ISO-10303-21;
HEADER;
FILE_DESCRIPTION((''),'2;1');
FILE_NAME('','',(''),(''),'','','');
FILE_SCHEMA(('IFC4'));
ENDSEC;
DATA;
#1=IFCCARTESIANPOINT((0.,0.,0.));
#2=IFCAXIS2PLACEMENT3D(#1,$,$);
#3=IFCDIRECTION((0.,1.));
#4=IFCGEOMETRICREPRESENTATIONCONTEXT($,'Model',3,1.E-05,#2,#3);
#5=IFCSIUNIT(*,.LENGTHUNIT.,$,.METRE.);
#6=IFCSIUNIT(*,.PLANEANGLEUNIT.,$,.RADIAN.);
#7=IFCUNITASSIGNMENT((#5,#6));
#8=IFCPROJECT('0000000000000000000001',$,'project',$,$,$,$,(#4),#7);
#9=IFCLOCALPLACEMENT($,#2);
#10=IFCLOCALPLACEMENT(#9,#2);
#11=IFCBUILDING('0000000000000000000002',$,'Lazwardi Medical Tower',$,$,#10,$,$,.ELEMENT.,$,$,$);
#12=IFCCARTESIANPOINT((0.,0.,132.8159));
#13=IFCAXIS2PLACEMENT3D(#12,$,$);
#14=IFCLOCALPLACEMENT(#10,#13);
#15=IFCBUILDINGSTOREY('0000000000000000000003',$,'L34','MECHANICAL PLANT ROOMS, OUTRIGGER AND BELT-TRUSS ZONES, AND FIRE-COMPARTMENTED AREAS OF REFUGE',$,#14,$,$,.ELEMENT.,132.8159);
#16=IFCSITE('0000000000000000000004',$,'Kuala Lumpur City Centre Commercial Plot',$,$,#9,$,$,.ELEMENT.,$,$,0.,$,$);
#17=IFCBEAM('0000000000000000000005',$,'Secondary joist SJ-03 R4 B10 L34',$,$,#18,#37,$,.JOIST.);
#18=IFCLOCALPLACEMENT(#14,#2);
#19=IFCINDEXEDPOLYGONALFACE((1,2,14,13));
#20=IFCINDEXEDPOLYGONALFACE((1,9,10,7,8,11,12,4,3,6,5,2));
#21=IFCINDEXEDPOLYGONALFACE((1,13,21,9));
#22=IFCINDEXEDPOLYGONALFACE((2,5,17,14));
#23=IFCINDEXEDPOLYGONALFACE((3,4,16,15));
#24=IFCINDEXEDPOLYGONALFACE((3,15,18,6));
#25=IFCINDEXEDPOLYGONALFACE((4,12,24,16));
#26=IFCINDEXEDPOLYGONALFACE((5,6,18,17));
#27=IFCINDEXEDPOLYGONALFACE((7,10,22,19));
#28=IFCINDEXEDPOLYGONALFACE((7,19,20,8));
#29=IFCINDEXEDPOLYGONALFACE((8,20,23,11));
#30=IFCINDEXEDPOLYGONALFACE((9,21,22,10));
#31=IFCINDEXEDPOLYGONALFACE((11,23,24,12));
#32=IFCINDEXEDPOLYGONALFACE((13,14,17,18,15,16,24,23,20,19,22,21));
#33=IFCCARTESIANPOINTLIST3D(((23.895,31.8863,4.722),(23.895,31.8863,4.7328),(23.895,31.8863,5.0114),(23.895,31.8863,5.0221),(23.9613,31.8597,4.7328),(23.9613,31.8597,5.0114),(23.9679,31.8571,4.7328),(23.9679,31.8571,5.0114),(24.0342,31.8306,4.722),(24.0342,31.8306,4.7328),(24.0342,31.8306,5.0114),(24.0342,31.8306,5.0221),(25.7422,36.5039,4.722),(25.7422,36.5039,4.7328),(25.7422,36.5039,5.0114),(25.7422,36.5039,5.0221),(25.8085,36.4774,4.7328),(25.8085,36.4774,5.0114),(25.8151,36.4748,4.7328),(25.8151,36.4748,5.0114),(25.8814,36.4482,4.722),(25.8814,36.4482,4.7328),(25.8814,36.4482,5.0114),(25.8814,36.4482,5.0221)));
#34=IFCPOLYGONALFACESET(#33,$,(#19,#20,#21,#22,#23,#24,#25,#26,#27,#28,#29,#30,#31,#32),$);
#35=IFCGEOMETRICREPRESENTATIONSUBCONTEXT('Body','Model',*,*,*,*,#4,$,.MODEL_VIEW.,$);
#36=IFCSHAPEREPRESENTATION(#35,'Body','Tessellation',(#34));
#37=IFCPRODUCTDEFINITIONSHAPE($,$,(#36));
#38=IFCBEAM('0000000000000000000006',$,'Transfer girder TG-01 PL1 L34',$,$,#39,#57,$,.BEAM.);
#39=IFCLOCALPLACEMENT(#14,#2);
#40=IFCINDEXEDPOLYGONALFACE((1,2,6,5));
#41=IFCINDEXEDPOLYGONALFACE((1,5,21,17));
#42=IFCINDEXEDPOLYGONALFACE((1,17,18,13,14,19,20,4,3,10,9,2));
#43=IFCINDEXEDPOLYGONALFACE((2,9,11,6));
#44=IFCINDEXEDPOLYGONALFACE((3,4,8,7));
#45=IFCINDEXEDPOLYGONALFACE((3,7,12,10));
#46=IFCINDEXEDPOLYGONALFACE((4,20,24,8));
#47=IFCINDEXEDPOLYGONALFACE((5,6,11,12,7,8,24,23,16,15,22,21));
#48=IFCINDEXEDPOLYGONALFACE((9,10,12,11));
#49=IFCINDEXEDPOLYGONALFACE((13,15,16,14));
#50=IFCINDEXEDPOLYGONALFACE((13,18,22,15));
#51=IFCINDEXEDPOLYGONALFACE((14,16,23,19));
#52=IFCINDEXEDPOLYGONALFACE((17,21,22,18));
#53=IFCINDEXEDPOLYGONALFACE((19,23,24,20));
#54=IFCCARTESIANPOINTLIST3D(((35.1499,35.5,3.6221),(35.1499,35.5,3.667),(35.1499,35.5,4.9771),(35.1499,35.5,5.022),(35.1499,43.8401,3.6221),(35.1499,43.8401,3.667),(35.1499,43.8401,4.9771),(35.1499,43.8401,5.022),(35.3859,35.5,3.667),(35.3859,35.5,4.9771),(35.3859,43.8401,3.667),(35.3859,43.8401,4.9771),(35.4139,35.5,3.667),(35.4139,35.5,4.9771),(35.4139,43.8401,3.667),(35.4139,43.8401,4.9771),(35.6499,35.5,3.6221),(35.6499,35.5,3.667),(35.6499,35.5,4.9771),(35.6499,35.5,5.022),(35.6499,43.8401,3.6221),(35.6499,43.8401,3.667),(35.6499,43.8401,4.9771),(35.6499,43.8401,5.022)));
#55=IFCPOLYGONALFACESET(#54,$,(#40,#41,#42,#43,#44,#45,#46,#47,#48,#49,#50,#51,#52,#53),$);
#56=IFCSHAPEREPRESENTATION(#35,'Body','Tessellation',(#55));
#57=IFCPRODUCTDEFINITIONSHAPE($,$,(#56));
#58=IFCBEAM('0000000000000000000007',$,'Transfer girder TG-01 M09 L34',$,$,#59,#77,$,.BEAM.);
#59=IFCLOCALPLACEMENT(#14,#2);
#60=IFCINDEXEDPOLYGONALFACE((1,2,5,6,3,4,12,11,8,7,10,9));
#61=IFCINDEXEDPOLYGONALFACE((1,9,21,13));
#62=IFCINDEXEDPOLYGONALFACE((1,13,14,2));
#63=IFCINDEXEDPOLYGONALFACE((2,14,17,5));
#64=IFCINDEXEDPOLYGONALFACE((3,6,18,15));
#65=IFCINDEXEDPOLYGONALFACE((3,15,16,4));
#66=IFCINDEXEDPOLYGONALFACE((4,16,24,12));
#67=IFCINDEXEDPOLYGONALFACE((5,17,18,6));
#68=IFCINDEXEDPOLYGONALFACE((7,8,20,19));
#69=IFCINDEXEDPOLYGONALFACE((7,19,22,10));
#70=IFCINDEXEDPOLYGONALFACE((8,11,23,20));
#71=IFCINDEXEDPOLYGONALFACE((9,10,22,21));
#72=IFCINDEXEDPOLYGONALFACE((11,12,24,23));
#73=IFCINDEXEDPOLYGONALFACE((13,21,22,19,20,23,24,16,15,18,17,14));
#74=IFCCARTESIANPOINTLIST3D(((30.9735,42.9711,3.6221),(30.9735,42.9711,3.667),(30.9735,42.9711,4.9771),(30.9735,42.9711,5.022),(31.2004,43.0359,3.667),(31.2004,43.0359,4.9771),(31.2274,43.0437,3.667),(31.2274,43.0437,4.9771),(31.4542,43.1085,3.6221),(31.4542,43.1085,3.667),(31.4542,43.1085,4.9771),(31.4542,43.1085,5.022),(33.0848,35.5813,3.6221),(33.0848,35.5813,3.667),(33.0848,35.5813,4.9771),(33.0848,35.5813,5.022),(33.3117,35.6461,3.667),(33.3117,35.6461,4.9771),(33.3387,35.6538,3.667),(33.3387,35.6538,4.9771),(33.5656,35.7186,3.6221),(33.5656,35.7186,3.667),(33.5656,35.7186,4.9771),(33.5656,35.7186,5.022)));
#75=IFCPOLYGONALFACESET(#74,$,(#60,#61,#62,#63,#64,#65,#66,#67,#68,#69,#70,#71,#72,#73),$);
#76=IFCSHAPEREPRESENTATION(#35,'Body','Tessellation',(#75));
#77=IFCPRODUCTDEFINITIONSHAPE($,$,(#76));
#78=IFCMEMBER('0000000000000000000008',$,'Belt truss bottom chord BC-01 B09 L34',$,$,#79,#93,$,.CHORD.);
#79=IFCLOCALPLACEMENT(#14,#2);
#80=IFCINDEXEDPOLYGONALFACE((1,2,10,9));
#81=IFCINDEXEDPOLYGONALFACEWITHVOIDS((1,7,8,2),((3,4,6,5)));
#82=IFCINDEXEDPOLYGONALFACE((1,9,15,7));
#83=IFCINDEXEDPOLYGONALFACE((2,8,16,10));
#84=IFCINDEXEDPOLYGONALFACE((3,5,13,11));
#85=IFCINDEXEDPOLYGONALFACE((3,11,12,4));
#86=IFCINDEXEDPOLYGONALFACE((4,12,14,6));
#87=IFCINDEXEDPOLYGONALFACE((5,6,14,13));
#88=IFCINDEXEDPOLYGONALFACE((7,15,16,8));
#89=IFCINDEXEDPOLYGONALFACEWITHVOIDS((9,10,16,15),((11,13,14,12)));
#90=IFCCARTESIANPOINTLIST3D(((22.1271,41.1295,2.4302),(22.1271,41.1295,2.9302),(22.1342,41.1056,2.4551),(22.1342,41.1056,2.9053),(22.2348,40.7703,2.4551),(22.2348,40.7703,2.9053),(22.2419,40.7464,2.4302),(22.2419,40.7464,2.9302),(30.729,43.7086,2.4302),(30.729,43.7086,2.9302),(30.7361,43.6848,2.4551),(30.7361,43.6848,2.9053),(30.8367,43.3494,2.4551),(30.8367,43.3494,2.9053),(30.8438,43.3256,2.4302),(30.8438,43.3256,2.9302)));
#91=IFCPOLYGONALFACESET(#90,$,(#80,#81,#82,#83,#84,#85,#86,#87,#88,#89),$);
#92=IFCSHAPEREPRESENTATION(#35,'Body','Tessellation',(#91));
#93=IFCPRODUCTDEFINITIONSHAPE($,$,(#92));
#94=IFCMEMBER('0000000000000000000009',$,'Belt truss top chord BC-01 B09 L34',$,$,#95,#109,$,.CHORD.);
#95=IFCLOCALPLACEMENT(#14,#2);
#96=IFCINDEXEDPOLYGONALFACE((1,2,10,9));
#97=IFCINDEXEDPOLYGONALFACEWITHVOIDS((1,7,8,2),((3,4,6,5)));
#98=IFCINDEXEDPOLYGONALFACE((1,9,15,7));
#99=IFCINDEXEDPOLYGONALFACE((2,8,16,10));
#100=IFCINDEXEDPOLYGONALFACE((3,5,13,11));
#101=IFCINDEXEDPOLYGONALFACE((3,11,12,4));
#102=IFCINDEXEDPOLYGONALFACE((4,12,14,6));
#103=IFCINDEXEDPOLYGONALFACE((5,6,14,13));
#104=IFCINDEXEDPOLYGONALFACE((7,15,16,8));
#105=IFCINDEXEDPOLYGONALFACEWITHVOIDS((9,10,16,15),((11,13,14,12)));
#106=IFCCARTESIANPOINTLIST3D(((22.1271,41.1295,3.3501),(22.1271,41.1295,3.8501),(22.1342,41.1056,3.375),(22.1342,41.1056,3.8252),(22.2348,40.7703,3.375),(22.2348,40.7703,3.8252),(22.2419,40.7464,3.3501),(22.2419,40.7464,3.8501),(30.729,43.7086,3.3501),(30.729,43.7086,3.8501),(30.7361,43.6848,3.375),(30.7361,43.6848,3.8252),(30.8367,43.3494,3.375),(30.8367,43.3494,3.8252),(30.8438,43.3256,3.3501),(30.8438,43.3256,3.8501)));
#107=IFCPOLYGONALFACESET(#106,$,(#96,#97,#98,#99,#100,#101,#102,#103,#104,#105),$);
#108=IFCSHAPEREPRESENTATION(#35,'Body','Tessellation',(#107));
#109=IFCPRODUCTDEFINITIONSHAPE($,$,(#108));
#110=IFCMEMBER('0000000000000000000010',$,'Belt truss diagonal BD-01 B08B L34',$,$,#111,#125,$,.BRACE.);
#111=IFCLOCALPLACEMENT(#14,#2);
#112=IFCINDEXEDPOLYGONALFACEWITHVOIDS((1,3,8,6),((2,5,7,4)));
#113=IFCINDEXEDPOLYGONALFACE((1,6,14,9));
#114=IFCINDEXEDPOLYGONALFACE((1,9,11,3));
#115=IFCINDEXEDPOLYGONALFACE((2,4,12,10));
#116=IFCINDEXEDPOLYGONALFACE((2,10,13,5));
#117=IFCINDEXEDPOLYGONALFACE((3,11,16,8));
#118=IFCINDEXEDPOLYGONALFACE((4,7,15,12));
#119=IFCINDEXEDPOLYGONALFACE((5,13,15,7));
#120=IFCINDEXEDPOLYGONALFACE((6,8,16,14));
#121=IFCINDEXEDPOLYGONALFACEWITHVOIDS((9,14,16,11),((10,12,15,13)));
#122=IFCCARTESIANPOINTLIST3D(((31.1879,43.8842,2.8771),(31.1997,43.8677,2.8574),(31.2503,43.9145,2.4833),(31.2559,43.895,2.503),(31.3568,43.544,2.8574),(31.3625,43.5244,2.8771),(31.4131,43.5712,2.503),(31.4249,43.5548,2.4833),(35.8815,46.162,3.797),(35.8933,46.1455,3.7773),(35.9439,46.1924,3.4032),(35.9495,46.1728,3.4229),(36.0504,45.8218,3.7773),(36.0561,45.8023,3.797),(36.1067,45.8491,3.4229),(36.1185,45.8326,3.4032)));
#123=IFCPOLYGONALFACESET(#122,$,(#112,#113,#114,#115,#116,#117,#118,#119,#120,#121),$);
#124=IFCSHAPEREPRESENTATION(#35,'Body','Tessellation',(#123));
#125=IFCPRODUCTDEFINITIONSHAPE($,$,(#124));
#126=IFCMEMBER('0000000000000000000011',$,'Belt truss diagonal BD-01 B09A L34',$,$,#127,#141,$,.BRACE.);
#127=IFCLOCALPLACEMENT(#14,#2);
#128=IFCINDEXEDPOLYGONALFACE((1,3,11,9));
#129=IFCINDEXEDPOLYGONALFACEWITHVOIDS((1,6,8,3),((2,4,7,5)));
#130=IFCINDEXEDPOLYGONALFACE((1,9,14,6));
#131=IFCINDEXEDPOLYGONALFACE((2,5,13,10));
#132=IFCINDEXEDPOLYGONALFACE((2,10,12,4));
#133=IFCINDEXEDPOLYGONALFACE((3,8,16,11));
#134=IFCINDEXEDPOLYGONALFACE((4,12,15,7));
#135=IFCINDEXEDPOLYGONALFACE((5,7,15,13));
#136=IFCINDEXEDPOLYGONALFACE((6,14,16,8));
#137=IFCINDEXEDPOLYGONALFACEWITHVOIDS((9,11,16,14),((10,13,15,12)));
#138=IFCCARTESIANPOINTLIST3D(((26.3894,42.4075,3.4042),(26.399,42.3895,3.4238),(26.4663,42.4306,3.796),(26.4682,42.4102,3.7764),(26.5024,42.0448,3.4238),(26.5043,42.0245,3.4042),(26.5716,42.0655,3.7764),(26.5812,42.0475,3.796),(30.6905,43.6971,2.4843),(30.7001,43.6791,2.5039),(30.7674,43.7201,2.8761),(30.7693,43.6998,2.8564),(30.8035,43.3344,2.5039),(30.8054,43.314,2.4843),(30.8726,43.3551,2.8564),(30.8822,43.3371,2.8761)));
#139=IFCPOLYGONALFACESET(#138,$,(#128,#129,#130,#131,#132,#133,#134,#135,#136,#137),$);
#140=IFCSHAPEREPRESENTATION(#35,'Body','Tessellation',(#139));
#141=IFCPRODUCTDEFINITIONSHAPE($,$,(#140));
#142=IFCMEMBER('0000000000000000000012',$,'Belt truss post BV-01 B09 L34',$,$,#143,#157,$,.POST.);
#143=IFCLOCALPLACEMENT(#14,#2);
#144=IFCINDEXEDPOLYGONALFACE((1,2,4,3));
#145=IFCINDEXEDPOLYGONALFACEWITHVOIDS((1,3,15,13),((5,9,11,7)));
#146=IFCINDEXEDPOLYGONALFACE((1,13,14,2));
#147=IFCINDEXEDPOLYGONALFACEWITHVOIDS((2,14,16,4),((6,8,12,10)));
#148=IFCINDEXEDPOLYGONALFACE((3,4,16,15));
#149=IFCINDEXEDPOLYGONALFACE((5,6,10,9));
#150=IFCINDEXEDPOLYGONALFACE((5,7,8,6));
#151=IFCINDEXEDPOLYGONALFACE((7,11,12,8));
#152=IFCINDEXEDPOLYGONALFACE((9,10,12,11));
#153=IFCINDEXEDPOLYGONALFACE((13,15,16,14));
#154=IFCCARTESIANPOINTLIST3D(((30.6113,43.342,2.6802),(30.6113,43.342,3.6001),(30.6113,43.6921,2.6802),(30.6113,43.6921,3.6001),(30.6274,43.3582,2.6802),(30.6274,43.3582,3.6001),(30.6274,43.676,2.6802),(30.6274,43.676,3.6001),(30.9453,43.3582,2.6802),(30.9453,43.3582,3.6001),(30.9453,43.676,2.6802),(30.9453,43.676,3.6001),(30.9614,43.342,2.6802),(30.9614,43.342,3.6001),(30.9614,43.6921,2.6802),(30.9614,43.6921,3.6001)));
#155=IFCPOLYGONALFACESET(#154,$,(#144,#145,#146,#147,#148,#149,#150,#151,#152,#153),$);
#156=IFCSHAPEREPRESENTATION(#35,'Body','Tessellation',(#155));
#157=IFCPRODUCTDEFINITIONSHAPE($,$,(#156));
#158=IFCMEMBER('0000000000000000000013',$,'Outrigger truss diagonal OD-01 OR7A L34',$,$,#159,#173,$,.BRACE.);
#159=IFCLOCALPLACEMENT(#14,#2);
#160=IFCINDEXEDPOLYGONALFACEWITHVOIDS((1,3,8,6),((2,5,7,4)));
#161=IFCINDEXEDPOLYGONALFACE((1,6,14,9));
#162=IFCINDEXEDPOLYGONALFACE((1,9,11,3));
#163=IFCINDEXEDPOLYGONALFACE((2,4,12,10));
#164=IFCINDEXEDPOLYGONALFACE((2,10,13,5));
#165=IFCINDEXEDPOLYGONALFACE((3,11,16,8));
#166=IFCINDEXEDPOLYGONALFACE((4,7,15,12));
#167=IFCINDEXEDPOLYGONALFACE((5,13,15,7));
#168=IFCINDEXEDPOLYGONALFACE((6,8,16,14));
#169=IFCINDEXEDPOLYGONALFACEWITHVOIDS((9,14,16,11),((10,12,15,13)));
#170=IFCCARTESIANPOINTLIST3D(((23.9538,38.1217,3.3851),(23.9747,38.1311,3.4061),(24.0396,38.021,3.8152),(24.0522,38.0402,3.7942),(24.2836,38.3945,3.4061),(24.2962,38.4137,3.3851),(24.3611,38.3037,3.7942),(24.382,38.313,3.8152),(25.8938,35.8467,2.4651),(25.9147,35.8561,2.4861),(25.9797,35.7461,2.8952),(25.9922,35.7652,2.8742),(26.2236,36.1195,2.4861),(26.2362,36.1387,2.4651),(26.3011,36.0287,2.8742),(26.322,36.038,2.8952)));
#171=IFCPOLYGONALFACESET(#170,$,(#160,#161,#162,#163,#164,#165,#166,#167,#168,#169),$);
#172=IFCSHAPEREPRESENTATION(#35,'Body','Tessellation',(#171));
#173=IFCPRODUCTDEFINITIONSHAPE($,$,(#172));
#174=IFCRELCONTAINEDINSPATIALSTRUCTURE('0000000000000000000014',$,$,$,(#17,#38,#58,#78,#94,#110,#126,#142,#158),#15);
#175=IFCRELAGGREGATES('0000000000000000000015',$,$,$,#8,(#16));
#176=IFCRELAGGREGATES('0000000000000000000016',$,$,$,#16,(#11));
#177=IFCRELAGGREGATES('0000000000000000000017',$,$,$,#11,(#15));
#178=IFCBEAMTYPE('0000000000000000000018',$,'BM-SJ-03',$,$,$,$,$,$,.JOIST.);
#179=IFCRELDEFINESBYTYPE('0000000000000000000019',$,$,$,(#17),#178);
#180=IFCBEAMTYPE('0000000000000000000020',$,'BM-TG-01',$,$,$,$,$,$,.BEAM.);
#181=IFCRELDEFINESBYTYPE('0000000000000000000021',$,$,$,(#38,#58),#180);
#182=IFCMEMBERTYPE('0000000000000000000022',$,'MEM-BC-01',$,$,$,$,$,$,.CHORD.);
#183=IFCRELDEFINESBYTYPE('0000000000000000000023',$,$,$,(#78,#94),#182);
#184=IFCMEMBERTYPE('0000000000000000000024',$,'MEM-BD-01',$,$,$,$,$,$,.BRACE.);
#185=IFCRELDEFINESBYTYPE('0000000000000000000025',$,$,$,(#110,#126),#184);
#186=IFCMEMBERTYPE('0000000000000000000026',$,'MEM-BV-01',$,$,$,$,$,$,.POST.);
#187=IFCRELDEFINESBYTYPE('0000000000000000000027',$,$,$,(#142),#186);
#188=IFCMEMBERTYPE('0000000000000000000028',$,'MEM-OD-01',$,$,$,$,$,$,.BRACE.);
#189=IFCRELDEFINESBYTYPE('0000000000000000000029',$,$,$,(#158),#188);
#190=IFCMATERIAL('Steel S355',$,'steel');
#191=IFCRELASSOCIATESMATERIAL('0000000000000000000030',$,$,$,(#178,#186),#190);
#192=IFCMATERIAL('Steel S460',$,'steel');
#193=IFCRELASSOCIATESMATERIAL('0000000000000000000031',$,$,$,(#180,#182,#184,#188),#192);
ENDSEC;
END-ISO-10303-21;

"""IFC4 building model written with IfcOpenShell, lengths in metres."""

from ifc_helpers import new_model, si_unit, direction, frame, origin, origin_2d, place, context, subcontext, project, spatial, hollow_rectangle, i_section, extrude, material, material_profile, profile_set, type_object, element, save


model = new_model("IFC4")

# Units and contexts
model_context = context("Model", 3, precision=1e-05, world=origin(), true_north=direction((0.0, 1.0)))
body_context = subcontext(model_context, "Body", "Model", "MODEL_VIEW")
ifc_project = project(units=[si_unit("LENGTHUNIT", "METRE"), si_unit("PLANEANGLEUNIT", "RADIAN")], contexts=[model_context])

# Site, building, storey
site_placement = place(None, origin())
site = spatial("IfcSite", under=ifc_project, at=site_placement, Name="Kuala Lumpur City Centre Commercial Plot", CompositionType="ELEMENT", RefElevation=0.0)
building_placement = place(site_placement, origin())
building = spatial("IfcBuilding", under=site, at=building_placement, Name="Lazwardi Medical Tower", CompositionType="ELEMENT")
storey_placement = place(building_placement, frame((0.0, 0.0, 132.8159)))
storey = spatial("IfcBuildingStorey", under=building, at=storey_placement, Name="L34", Description="MECHANICAL PLANT ROOMS, OUTRIGGER AND BELT-TRUSS ZONES, AND FIRE-COMPARTMENTED AREAS OF REFUGE", CompositionType="ELEMENT", Elevation=132.8159)

# Beams
ifc_material_1 = material(Name="Steel S355", Category="steel")
ifc_material_profile_1 = material_profile(ifc_material_1, i_section(OverallWidth=0.1499, OverallDepth=0.3, WebThickness=0.0071, FlangeThickness=0.0107, at=origin_2d()), Name="IPE 300")
ifc_profile_set_1 = profile_set([ifc_material_profile_1], Name="Steel S355")
beam_type_1 = type_object("IfcBeamType", Name="BM-SJ-03", PredefinedType="JOIST", material=ifc_profile_set_1)
beam_1_placement = place(storey_placement, frame((25.8118, 36.4761, 4.8721), z_axis=(-0.371408, -0.92847, 0.0), x_axis=(0.92847, -0.371408, 0.0)))
element("IfcBeam", 1, at=beam_1_placement, inside=storey, type_object=beam_type_1, Name="Secondary joist SJ-03 R4 B10 L34", PredefinedType="JOIST", context=body_context, shape_type="SweptSolid", body=[
    extrude(i_section(OverallWidth=0.1499, OverallDepth=0.3, WebThickness=0.0071, FlangeThickness=0.0107, at=origin_2d()), origin(), (0.0, 0.0, 1.0), 4.9734),
])
ifc_material_2 = material(Name="Steel S460", Category="steel")
ifc_material_profile_2 = material_profile(ifc_material_2, i_section(OverallWidth=0.5, OverallDepth=1.3999, WebThickness=0.0281, FlangeThickness=0.0449, at=origin_2d()), Name="PG 1400x500")
ifc_profile_set_2 = profile_set([ifc_material_profile_2], Name="Steel S460")
beam_type_2 = type_object("IfcBeamType", Name="BM-TG-01", PredefinedType="BEAM", material=ifc_profile_set_2)
beam_2_placement = place(storey_placement, frame((35.3999, 43.8401, 4.322), z_axis=(0.0, -1.0, 0.0), x_axis=(1.0, 0.0, 0.0)))
element("IfcBeam", 2, at=beam_2_placement, inside=storey, type_object=beam_type_2, Name="Transfer girder TG-01 PL1 L34", PredefinedType="BEAM", context=body_context, shape_type="SweptSolid", body=[
    extrude(i_section(OverallWidth=0.5, OverallDepth=1.3999, WebThickness=0.0281, FlangeThickness=0.0449, at=origin_2d()), origin(), (0.0, 0.0, 1.0), 8.3401),
])
beam_3_placement = place(storey_placement, frame((31.2139, 43.0398, 4.322), z_axis=(0.274713, -0.961526, 0.0), x_axis=(0.961526, 0.274713, 0.0)))
element("IfcBeam", 3, at=beam_3_placement, inside=storey, type_object=beam_type_2, Name="Transfer girder TG-01 M09 L34", PredefinedType="BEAM", context=body_context, shape_type="SweptSolid", body=[
    extrude(i_section(OverallWidth=0.5, OverallDepth=1.3999, WebThickness=0.0281, FlangeThickness=0.0449, at=origin_2d()), origin(), (0.0, 0.0, 1.0), 7.6855),
])

# Members
ifc_material_profile_3 = material_profile(ifc_material_2, hollow_rectangle(XDim=0.3999, YDim=0.5, WallThickness=0.0249, at=origin_2d()), Name="RHS 500x400x25")
ifc_profile_set_3 = profile_set([ifc_material_profile_3], Name="Steel S460")
member_type_1 = type_object("IfcMemberType", Name="MEM-BC-01", PredefinedType="CHORD", material=ifc_profile_set_3)
for number, where, z_axis, x_axis, name in (
    (4, (30.7864, 43.5171, 2.6802), (-0.95787, -0.287201, 0.0), (0.287201, -0.95787, 0.0), "Belt truss bottom chord BC-01 B09 L34"),
    (5, (30.7864, 43.5171, 3.6001), (-0.95787, -0.287201, 0.0), (0.287201, -0.95787, 0.0), "Belt truss top chord BC-01 B09 L34"),
):
    element("IfcMember", number, at=place(storey_placement, frame(where, z_axis=z_axis, x_axis=x_axis)), inside=storey, type_object=member_type_1, Name=name, PredefinedType="CHORD", context=body_context, shape_type="SweptSolid", body=[
        extrude(hollow_rectangle(XDim=0.3999, YDim=0.5, WallThickness=0.0249, at=origin_2d()), origin(), (0.0, 0.0, 1.0), 8.9802),
    ])
ifc_material_profile_4 = material_profile(ifc_material_2, hollow_rectangle(XDim=0.3999, YDim=0.3999, WallThickness=0.02, at=origin_2d()), Name="RHS 400x400x20")
ifc_profile_set_4 = profile_set([ifc_material_profile_4], Name="Steel S460")
member_type_2 = type_object("IfcMemberType", Name="MEM-BD-01", PredefinedType="BRACE", material=ifc_profile_set_4)
member_1_placement = place(storey_placement, frame((31.3064, 43.7195, 2.6802), z_axis=(0.885985, 0.429973, 0.173648), x_axis=(-0.436606, 0.899653, 0.0)))
element("IfcMember", 6, at=member_1_placement, inside=storey, type_object=member_type_2, Name="Belt truss diagonal BD-01 B08B L34", PredefinedType="BRACE", context=body_context, shape_type="SweptSolid", body=[
    extrude(hollow_rectangle(XDim=0.3999, YDim=0.3999, WallThickness=0.02, at=origin_2d()), origin(), (0.0, 0.0, 1.0), 5.2976),
])
member_2_placement = place(storey_placement, frame((30.7864, 43.5171, 2.6802), z_axis=(-0.938382, -0.281349, 0.200705), x_axis=(0.287193, -0.957873, 0.0)))
element("IfcMember", 7, at=member_2_placement, inside=storey, type_object=member_type_2, Name="Belt truss diagonal BD-01 B09A L34", PredefinedType="BRACE", context=body_context, shape_type="SweptSolid", body=[
    extrude(hollow_rectangle(XDim=0.3999, YDim=0.3999, WallThickness=0.02, at=origin_2d()), origin(), (0.0, 0.0, 1.0), 4.5835),
])
ifc_material_profile_5 = material_profile(ifc_material_1, hollow_rectangle(XDim=0.3501, YDim=0.3501, WallThickness=0.0161, at=origin_2d()), Name="RHS 350x350x16")
ifc_profile_set_5 = profile_set([ifc_material_profile_5], Name="Steel S355")
member_type_3 = type_object("IfcMemberType", Name="MEM-BV-01", PredefinedType="POST", material=ifc_profile_set_5)
member_3_placement = place(storey_placement, frame((30.7864, 43.5171, 2.6802), z_axis=(0.0, 0.0, 1.0), x_axis=(1.0, 0.0, 0.0)))
element("IfcMember", 8, at=member_3_placement, inside=storey, type_object=member_type_3, Name="Belt truss post BV-01 B09 L34", PredefinedType="POST", context=body_context, shape_type="SweptSolid", body=[
    extrude(hollow_rectangle(XDim=0.3501, YDim=0.3501, WallThickness=0.0161, at=origin_2d()), origin(), (0.0, 0.0, 1.0), 0.9199),
])
ifc_material_profile_6 = material_profile(ifc_material_2, hollow_rectangle(XDim=0.45, YDim=0.45, WallThickness=0.022, at=origin_2d()), Name="RHS 450x450x22")
ifc_profile_set_6 = profile_set([ifc_material_profile_6], Name="Steel S460")
member_type_4 = type_object("IfcMemberType", Name="MEM-OD-01", PredefinedType="BRACE", material=ifc_profile_set_6)
member_4_placement = place(storey_placement, frame((26.1079, 35.9424, 2.6802), z_axis=(-0.620172, 0.727255, 0.294086), x_axis=(-0.760903, -0.648866, 0.0)))
element("IfcMember", 9, at=member_4_placement, inside=storey, type_object=member_type_4, Name="Outrigger truss diagonal OD-01 OR7A L34", PredefinedType="BRACE", context=body_context, shape_type="SweptSolid", body=[
    extrude(hollow_rectangle(XDim=0.45, YDim=0.45, WallThickness=0.022, at=origin_2d()), origin(), (0.0, 0.0, 1.0), 3.1282),
])

save(model, "model.ifc")
